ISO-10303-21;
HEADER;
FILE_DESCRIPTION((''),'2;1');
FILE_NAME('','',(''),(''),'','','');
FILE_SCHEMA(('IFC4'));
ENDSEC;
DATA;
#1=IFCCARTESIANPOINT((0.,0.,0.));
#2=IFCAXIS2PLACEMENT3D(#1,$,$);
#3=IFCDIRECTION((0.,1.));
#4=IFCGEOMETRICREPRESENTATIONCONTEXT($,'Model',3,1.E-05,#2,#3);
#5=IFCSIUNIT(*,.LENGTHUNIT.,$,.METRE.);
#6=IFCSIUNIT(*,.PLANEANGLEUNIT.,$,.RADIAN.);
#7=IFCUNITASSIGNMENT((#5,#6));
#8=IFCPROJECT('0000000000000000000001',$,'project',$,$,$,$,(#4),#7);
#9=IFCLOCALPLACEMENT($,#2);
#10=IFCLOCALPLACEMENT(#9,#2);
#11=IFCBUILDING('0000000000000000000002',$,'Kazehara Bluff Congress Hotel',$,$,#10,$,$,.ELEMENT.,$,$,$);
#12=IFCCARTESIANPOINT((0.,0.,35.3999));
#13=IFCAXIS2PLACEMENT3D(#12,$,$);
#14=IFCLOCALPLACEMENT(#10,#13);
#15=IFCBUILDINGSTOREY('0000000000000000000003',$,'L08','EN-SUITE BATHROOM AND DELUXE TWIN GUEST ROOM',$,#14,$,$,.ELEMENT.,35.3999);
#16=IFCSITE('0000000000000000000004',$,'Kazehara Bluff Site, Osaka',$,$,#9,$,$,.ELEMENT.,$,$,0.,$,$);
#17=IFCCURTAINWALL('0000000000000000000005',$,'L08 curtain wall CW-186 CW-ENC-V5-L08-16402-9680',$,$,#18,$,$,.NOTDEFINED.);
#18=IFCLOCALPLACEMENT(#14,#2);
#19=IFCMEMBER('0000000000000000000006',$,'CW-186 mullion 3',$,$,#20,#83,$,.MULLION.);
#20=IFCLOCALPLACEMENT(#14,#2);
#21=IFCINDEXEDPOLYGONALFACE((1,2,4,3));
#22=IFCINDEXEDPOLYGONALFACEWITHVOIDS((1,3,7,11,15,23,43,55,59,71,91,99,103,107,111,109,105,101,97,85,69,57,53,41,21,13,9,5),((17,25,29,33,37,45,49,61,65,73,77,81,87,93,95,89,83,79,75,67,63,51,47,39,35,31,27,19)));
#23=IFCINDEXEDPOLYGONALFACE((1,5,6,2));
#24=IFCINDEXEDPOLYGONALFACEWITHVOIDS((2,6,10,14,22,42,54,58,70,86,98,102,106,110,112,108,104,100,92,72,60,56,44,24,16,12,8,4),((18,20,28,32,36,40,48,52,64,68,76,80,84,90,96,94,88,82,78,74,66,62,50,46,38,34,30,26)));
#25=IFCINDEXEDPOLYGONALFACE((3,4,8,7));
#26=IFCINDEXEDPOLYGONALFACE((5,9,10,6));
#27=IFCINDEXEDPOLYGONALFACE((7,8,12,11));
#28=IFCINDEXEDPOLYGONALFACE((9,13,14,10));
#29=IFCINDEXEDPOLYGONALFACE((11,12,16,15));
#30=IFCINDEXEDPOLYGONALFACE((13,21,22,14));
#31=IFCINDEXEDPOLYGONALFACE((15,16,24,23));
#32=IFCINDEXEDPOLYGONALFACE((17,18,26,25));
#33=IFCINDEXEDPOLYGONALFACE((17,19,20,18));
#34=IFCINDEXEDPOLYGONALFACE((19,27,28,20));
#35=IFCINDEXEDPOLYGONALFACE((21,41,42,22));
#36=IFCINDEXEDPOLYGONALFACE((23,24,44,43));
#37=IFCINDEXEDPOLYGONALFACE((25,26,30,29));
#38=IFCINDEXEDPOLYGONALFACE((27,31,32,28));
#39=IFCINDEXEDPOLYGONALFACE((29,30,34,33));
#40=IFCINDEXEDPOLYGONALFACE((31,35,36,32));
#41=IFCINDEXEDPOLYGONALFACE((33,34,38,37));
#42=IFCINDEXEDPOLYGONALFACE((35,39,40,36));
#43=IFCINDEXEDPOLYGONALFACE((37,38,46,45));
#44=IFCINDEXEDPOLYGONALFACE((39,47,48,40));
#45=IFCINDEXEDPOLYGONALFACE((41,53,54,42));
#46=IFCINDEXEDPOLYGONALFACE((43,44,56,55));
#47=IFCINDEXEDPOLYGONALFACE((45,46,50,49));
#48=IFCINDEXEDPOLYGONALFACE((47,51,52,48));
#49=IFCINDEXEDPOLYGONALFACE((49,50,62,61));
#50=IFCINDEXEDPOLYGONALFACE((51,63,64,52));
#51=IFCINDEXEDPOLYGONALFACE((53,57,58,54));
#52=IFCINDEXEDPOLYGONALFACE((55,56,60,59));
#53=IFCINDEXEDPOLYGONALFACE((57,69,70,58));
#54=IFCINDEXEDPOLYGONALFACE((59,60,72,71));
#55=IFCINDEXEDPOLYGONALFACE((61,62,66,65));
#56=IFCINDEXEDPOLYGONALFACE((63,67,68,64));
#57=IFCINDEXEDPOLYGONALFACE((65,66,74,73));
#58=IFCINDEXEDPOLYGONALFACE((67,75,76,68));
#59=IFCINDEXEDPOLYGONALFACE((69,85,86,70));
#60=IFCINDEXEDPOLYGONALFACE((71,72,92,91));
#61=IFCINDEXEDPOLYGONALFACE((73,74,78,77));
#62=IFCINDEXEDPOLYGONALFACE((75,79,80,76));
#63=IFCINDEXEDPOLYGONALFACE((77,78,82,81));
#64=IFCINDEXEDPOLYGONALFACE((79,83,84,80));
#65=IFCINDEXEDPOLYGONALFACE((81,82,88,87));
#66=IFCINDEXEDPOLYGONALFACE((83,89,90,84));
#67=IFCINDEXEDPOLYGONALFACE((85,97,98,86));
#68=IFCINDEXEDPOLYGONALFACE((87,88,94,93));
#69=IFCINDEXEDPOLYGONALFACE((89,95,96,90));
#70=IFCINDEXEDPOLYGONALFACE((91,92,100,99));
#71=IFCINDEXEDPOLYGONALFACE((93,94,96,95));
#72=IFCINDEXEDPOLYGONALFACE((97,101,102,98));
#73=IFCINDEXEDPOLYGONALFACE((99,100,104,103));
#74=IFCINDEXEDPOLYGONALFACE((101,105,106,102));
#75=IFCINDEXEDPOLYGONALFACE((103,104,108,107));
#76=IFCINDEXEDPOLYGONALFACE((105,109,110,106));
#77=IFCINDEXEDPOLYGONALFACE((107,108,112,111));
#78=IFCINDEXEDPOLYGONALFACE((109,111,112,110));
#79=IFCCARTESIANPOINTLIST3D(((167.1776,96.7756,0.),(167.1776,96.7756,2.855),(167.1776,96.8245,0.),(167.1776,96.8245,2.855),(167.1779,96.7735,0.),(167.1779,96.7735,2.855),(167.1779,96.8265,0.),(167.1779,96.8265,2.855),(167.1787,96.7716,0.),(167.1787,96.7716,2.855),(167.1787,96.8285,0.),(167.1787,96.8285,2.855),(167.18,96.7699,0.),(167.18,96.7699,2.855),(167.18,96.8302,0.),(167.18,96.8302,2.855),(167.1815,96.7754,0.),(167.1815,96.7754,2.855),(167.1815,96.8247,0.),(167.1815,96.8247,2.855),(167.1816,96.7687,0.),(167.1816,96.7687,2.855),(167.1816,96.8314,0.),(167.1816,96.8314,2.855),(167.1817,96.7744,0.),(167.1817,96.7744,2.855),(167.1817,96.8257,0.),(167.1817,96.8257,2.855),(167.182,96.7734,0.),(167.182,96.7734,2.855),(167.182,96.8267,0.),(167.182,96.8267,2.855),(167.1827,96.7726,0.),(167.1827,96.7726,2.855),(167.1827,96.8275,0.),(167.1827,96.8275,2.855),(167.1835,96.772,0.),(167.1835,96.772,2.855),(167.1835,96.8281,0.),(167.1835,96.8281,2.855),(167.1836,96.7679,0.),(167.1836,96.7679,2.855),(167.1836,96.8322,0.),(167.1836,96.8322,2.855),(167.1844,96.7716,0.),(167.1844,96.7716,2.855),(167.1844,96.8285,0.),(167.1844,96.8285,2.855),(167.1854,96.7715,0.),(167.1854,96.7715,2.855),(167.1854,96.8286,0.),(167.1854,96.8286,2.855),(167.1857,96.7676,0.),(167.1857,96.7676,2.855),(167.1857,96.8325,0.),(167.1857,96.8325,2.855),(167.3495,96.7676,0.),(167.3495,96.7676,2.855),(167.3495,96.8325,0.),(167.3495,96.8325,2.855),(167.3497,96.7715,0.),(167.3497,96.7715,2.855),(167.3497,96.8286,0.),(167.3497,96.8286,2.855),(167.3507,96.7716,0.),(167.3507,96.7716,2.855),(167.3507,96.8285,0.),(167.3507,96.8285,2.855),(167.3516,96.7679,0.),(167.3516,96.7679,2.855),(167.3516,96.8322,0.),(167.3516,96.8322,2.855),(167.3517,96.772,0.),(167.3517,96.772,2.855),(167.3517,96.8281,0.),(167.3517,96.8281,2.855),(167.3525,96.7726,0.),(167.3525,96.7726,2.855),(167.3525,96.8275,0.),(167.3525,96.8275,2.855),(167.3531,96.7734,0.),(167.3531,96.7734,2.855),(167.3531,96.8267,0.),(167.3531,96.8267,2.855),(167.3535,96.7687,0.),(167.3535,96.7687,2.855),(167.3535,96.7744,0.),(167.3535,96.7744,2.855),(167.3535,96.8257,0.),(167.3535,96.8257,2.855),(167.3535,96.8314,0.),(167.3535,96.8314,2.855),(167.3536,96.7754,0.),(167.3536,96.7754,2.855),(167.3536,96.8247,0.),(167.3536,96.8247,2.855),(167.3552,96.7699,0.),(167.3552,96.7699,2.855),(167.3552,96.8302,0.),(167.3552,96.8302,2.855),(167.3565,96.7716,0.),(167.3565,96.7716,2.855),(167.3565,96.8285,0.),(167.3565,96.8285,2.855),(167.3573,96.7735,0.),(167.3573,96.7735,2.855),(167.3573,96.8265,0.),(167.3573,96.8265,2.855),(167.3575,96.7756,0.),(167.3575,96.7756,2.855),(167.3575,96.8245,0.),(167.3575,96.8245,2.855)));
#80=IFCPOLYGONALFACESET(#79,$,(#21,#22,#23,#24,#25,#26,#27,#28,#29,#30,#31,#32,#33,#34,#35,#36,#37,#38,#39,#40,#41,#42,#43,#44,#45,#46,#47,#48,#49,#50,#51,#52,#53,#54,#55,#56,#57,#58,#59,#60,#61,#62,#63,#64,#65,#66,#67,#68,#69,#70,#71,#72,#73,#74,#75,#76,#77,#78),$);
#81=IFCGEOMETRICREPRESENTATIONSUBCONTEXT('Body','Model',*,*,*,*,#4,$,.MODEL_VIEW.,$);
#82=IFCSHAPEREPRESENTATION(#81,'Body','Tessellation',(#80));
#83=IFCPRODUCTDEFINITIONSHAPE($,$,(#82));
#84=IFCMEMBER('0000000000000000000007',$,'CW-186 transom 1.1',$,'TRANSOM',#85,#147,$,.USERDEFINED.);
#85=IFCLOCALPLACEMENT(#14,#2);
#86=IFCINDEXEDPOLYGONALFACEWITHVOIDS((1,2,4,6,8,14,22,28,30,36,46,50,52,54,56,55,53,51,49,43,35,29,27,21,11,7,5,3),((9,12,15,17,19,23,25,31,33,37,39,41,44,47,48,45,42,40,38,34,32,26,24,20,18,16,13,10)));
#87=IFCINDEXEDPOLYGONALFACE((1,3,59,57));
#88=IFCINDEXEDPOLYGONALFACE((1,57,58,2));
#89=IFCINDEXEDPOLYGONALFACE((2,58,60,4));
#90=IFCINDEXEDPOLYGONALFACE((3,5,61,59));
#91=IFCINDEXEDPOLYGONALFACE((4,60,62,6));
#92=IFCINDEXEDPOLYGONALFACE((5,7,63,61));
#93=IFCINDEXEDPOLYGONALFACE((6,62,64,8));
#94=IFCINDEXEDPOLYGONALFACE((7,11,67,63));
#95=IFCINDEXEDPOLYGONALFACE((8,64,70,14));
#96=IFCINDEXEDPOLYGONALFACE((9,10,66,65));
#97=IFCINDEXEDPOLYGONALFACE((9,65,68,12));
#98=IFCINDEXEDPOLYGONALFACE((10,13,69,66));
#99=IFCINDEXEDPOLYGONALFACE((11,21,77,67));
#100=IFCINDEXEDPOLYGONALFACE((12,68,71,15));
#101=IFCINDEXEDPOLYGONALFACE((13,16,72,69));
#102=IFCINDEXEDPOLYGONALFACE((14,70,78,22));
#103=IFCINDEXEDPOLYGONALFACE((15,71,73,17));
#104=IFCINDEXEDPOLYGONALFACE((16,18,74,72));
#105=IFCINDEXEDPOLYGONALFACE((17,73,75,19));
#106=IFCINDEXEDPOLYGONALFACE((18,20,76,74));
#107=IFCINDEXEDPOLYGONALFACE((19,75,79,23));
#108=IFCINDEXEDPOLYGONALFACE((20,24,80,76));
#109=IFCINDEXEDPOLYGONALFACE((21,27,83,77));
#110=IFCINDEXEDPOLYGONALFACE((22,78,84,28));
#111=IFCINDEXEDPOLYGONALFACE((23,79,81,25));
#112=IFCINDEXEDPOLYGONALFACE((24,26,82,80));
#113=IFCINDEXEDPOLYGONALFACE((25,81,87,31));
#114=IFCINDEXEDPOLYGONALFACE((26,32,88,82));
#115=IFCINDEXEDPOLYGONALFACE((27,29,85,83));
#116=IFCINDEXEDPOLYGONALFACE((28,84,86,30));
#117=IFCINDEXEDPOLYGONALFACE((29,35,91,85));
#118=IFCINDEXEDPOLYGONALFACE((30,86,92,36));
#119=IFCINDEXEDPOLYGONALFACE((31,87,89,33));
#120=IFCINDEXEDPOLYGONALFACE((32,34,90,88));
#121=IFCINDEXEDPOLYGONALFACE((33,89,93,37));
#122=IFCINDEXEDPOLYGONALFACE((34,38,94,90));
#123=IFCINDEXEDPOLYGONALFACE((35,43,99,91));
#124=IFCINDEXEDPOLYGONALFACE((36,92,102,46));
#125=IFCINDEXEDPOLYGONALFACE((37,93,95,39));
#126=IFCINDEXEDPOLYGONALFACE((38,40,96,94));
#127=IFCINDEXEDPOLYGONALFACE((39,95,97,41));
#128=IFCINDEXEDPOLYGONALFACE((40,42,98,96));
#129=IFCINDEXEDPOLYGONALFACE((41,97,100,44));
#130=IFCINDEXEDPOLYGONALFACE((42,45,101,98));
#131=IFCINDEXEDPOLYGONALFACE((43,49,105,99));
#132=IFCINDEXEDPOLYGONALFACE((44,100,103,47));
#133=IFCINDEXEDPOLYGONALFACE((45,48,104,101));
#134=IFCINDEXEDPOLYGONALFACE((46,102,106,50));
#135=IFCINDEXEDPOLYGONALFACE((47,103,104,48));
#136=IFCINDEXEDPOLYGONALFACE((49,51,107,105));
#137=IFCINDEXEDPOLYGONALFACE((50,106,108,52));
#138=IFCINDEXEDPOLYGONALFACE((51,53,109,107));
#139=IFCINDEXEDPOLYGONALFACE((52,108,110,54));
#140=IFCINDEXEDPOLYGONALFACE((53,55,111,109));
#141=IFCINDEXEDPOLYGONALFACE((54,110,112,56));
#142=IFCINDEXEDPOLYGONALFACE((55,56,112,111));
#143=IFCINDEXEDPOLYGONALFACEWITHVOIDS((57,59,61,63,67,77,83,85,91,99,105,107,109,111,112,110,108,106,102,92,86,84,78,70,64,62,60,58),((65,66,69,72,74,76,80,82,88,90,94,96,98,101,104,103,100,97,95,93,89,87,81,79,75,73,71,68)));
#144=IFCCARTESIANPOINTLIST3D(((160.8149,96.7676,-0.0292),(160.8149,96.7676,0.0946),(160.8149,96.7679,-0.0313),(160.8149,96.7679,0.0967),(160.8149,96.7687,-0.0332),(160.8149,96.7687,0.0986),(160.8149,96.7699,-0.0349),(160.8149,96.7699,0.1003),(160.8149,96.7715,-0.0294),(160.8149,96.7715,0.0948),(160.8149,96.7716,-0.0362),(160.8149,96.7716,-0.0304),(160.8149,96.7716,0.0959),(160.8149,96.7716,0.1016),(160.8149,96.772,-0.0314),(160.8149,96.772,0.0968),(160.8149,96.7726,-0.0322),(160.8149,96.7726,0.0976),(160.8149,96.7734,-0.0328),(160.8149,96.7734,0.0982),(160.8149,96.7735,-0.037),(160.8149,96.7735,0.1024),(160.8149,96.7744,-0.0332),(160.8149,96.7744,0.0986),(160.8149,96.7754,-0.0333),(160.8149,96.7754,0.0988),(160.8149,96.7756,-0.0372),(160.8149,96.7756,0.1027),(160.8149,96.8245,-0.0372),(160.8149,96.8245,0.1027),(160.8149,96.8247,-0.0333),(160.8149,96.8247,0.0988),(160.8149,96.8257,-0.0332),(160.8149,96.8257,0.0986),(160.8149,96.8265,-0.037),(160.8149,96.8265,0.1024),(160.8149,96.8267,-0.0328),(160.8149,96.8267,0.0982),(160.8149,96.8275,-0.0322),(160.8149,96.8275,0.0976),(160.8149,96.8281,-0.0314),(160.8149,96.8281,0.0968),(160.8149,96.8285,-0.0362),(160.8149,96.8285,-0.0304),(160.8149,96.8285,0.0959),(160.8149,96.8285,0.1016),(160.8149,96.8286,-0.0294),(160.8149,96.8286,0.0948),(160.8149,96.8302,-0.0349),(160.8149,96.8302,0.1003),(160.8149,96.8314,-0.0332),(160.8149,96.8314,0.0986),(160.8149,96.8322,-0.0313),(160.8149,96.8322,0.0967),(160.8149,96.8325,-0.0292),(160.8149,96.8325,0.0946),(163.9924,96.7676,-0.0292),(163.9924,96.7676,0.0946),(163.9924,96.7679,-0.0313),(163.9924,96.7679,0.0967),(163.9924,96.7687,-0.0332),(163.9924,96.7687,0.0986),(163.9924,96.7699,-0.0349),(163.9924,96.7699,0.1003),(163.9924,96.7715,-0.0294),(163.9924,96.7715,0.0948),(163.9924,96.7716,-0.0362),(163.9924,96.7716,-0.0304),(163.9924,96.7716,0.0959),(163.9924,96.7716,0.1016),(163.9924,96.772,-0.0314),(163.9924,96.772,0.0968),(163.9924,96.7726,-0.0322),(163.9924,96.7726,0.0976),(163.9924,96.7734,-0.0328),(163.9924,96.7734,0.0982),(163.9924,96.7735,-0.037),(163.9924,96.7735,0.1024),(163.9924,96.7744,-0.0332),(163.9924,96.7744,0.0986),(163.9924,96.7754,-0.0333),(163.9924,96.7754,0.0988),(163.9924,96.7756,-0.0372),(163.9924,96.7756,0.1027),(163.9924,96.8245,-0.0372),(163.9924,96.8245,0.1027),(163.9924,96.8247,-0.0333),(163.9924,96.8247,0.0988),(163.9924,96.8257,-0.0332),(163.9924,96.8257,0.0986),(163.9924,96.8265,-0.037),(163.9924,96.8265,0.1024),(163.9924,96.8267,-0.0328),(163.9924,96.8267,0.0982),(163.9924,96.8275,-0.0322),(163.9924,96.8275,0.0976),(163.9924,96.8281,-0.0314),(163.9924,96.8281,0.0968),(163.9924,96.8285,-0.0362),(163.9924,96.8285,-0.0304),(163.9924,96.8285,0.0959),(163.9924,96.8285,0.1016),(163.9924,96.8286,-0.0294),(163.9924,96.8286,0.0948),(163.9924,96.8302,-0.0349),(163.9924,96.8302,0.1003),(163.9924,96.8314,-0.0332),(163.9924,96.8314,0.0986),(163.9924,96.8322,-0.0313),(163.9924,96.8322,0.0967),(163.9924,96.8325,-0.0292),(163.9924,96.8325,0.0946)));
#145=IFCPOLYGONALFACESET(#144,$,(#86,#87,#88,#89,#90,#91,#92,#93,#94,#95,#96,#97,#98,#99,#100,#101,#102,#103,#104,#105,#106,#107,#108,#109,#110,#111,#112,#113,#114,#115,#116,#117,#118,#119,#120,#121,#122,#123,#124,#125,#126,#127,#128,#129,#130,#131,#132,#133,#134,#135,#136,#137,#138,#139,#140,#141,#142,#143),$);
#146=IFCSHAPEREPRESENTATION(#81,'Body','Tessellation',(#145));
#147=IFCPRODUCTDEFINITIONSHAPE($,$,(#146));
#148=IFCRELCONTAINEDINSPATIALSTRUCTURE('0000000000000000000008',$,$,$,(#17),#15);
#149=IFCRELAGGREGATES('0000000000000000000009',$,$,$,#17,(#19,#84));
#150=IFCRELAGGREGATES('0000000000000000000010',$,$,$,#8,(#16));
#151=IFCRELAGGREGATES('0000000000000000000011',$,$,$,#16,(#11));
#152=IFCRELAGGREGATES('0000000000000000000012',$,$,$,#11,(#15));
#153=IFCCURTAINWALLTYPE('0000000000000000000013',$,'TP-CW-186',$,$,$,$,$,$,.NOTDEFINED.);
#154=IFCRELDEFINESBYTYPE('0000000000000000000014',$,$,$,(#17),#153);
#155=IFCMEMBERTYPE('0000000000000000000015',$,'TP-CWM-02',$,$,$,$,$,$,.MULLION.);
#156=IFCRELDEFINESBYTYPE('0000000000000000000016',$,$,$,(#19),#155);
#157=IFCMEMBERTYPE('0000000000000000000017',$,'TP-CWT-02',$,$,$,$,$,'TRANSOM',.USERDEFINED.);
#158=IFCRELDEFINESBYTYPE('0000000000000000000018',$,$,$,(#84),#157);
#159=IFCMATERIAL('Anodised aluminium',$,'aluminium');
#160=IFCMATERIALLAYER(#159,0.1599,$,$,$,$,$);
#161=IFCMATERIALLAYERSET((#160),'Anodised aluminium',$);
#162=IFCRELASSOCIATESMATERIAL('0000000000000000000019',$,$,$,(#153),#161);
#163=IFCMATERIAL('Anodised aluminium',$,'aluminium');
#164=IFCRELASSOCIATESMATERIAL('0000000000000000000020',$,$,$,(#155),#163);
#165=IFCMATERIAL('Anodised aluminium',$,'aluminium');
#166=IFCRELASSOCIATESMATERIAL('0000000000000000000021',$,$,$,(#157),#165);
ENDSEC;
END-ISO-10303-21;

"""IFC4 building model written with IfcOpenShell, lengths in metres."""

from ifc_helpers import new_model, si_unit, direction, frame, origin, origin_2d, place, context, subcontext, project, spatial, hollow_rectangle, extrude, material, layer, layer_set, material_profile, profile_set, type_object, element, aggregate, save


model = new_model("IFC4")

# Units and contexts
model_context = context("Model", 3, precision=1e-05, world=origin(), true_north=direction((0.0, 1.0)))
body_context = subcontext(model_context, "Body", "Model", "MODEL_VIEW")
ifc_project = project(units=[si_unit("LENGTHUNIT", "METRE"), si_unit("PLANEANGLEUNIT", "RADIAN")], contexts=[model_context])

# Site, building, storey
site_placement = place(None, origin())
site = spatial("IfcSite", under=ifc_project, at=site_placement, Name="Kazehara Bluff Site, Osaka", CompositionType="ELEMENT", RefElevation=0.0)
building_placement = place(site_placement, origin())
building = spatial("IfcBuilding", under=site, at=building_placement, Name="Kazehara Bluff Congress Hotel", CompositionType="ELEMENT")
storey_placement = place(building_placement, frame((0.0, 0.0, 35.3999)))
storey = spatial("IfcBuildingStorey", under=building, at=storey_placement, Name="L08", Description="EN-SUITE BATHROOM AND DELUXE TWIN GUEST ROOM", CompositionType="ELEMENT", Elevation=35.3999)

# Curtain wall, members
ifc_material_1 = material(Name="Anodised aluminium", Category="aluminium")
ifc_layer_1 = layer(ifc_material_1, 0.1599)
ifc_layer_set_1 = layer_set([ifc_layer_1], Name="Anodised aluminium")
curtain_wall_type = type_object("IfcCurtainWallType", Name="TP-CW-186", PredefinedType="NOTDEFINED", material=ifc_layer_set_1)
curtain_wall_placement = place(storey_placement, origin())
curtain_wall = element("IfcCurtainWall", 1, at=curtain_wall_placement, inside=storey, type_object=curtain_wall_type, Name="L08 curtain wall CW-186 CW-ENC-V5-L08-16402-9680", PredefinedType="NOTDEFINED")
ifc_material_2 = material(Name="Anodised aluminium", Category="aluminium")
ifc_material_profile_1 = material_profile(ifc_material_2, hollow_rectangle(XDim=0.0649, YDim=0.1799, WallThickness=0.0039, InnerFilletRadius=0.0039, OuterFilletRadius=0.0081, at=origin_2d()))
ifc_profile_set_1 = profile_set([ifc_material_profile_1], Name="Anodised aluminium")
member_type_1 = type_object("IfcMemberType", Name="TP-CWM-02", PredefinedType="MULLION", material=ifc_profile_set_1)
member_1_placement = place(storey_placement, frame((167.2676, 96.8, 0.0), z_axis=(0.0, 0.0, 1.0), x_axis=(0.0, 1.0, 0.0)))
member_1 = element("IfcMember", 2, at=member_1_placement, type_object=member_type_1, Name="CW-186 mullion 3", PredefinedType="MULLION", context=body_context, shape_type="SweptSolid", body=[
    extrude(hollow_rectangle(XDim=0.0649, YDim=0.1799, WallThickness=0.0039, InnerFilletRadius=0.0039, OuterFilletRadius=0.0081, at=origin_2d()), origin(), (0.0, 0.0, 1.0), 2.855),
])
ifc_material_3 = material(Name="Anodised aluminium", Category="aluminium")
ifc_material_profile_2 = material_profile(ifc_material_3, hollow_rectangle(XDim=0.0649, YDim=0.1399, WallThickness=0.0039, InnerFilletRadius=0.0039, OuterFilletRadius=0.0081, at=origin_2d()))
ifc_profile_set_2 = profile_set([ifc_material_profile_2], Name="Anodised aluminium")
member_type_2 = type_object("IfcMemberType", Name="TP-CWT-02", ElementType="TRANSOM", PredefinedType="USERDEFINED", material=ifc_profile_set_2)
member_2_placement = place(storey_placement, frame((160.8149, 96.8, 0.0327), z_axis=(1.0, 0.0, 0.0), x_axis=(0.0, 1.0, 0.0)))
member_2 = element("IfcMember", 3, at=member_2_placement, type_object=member_type_2, Name="CW-186 transom 1.1", ObjectType="TRANSOM", PredefinedType="USERDEFINED", context=body_context, shape_type="SweptSolid", body=[
    extrude(hollow_rectangle(XDim=0.0649, YDim=0.1399, WallThickness=0.0039, InnerFilletRadius=0.0039, OuterFilletRadius=0.0081, at=origin_2d()), origin(), (0.0, 0.0, 1.0), 3.1775),
])

aggregate(curtain_wall, [member_1, member_2])

save(model, "model.ifc")
